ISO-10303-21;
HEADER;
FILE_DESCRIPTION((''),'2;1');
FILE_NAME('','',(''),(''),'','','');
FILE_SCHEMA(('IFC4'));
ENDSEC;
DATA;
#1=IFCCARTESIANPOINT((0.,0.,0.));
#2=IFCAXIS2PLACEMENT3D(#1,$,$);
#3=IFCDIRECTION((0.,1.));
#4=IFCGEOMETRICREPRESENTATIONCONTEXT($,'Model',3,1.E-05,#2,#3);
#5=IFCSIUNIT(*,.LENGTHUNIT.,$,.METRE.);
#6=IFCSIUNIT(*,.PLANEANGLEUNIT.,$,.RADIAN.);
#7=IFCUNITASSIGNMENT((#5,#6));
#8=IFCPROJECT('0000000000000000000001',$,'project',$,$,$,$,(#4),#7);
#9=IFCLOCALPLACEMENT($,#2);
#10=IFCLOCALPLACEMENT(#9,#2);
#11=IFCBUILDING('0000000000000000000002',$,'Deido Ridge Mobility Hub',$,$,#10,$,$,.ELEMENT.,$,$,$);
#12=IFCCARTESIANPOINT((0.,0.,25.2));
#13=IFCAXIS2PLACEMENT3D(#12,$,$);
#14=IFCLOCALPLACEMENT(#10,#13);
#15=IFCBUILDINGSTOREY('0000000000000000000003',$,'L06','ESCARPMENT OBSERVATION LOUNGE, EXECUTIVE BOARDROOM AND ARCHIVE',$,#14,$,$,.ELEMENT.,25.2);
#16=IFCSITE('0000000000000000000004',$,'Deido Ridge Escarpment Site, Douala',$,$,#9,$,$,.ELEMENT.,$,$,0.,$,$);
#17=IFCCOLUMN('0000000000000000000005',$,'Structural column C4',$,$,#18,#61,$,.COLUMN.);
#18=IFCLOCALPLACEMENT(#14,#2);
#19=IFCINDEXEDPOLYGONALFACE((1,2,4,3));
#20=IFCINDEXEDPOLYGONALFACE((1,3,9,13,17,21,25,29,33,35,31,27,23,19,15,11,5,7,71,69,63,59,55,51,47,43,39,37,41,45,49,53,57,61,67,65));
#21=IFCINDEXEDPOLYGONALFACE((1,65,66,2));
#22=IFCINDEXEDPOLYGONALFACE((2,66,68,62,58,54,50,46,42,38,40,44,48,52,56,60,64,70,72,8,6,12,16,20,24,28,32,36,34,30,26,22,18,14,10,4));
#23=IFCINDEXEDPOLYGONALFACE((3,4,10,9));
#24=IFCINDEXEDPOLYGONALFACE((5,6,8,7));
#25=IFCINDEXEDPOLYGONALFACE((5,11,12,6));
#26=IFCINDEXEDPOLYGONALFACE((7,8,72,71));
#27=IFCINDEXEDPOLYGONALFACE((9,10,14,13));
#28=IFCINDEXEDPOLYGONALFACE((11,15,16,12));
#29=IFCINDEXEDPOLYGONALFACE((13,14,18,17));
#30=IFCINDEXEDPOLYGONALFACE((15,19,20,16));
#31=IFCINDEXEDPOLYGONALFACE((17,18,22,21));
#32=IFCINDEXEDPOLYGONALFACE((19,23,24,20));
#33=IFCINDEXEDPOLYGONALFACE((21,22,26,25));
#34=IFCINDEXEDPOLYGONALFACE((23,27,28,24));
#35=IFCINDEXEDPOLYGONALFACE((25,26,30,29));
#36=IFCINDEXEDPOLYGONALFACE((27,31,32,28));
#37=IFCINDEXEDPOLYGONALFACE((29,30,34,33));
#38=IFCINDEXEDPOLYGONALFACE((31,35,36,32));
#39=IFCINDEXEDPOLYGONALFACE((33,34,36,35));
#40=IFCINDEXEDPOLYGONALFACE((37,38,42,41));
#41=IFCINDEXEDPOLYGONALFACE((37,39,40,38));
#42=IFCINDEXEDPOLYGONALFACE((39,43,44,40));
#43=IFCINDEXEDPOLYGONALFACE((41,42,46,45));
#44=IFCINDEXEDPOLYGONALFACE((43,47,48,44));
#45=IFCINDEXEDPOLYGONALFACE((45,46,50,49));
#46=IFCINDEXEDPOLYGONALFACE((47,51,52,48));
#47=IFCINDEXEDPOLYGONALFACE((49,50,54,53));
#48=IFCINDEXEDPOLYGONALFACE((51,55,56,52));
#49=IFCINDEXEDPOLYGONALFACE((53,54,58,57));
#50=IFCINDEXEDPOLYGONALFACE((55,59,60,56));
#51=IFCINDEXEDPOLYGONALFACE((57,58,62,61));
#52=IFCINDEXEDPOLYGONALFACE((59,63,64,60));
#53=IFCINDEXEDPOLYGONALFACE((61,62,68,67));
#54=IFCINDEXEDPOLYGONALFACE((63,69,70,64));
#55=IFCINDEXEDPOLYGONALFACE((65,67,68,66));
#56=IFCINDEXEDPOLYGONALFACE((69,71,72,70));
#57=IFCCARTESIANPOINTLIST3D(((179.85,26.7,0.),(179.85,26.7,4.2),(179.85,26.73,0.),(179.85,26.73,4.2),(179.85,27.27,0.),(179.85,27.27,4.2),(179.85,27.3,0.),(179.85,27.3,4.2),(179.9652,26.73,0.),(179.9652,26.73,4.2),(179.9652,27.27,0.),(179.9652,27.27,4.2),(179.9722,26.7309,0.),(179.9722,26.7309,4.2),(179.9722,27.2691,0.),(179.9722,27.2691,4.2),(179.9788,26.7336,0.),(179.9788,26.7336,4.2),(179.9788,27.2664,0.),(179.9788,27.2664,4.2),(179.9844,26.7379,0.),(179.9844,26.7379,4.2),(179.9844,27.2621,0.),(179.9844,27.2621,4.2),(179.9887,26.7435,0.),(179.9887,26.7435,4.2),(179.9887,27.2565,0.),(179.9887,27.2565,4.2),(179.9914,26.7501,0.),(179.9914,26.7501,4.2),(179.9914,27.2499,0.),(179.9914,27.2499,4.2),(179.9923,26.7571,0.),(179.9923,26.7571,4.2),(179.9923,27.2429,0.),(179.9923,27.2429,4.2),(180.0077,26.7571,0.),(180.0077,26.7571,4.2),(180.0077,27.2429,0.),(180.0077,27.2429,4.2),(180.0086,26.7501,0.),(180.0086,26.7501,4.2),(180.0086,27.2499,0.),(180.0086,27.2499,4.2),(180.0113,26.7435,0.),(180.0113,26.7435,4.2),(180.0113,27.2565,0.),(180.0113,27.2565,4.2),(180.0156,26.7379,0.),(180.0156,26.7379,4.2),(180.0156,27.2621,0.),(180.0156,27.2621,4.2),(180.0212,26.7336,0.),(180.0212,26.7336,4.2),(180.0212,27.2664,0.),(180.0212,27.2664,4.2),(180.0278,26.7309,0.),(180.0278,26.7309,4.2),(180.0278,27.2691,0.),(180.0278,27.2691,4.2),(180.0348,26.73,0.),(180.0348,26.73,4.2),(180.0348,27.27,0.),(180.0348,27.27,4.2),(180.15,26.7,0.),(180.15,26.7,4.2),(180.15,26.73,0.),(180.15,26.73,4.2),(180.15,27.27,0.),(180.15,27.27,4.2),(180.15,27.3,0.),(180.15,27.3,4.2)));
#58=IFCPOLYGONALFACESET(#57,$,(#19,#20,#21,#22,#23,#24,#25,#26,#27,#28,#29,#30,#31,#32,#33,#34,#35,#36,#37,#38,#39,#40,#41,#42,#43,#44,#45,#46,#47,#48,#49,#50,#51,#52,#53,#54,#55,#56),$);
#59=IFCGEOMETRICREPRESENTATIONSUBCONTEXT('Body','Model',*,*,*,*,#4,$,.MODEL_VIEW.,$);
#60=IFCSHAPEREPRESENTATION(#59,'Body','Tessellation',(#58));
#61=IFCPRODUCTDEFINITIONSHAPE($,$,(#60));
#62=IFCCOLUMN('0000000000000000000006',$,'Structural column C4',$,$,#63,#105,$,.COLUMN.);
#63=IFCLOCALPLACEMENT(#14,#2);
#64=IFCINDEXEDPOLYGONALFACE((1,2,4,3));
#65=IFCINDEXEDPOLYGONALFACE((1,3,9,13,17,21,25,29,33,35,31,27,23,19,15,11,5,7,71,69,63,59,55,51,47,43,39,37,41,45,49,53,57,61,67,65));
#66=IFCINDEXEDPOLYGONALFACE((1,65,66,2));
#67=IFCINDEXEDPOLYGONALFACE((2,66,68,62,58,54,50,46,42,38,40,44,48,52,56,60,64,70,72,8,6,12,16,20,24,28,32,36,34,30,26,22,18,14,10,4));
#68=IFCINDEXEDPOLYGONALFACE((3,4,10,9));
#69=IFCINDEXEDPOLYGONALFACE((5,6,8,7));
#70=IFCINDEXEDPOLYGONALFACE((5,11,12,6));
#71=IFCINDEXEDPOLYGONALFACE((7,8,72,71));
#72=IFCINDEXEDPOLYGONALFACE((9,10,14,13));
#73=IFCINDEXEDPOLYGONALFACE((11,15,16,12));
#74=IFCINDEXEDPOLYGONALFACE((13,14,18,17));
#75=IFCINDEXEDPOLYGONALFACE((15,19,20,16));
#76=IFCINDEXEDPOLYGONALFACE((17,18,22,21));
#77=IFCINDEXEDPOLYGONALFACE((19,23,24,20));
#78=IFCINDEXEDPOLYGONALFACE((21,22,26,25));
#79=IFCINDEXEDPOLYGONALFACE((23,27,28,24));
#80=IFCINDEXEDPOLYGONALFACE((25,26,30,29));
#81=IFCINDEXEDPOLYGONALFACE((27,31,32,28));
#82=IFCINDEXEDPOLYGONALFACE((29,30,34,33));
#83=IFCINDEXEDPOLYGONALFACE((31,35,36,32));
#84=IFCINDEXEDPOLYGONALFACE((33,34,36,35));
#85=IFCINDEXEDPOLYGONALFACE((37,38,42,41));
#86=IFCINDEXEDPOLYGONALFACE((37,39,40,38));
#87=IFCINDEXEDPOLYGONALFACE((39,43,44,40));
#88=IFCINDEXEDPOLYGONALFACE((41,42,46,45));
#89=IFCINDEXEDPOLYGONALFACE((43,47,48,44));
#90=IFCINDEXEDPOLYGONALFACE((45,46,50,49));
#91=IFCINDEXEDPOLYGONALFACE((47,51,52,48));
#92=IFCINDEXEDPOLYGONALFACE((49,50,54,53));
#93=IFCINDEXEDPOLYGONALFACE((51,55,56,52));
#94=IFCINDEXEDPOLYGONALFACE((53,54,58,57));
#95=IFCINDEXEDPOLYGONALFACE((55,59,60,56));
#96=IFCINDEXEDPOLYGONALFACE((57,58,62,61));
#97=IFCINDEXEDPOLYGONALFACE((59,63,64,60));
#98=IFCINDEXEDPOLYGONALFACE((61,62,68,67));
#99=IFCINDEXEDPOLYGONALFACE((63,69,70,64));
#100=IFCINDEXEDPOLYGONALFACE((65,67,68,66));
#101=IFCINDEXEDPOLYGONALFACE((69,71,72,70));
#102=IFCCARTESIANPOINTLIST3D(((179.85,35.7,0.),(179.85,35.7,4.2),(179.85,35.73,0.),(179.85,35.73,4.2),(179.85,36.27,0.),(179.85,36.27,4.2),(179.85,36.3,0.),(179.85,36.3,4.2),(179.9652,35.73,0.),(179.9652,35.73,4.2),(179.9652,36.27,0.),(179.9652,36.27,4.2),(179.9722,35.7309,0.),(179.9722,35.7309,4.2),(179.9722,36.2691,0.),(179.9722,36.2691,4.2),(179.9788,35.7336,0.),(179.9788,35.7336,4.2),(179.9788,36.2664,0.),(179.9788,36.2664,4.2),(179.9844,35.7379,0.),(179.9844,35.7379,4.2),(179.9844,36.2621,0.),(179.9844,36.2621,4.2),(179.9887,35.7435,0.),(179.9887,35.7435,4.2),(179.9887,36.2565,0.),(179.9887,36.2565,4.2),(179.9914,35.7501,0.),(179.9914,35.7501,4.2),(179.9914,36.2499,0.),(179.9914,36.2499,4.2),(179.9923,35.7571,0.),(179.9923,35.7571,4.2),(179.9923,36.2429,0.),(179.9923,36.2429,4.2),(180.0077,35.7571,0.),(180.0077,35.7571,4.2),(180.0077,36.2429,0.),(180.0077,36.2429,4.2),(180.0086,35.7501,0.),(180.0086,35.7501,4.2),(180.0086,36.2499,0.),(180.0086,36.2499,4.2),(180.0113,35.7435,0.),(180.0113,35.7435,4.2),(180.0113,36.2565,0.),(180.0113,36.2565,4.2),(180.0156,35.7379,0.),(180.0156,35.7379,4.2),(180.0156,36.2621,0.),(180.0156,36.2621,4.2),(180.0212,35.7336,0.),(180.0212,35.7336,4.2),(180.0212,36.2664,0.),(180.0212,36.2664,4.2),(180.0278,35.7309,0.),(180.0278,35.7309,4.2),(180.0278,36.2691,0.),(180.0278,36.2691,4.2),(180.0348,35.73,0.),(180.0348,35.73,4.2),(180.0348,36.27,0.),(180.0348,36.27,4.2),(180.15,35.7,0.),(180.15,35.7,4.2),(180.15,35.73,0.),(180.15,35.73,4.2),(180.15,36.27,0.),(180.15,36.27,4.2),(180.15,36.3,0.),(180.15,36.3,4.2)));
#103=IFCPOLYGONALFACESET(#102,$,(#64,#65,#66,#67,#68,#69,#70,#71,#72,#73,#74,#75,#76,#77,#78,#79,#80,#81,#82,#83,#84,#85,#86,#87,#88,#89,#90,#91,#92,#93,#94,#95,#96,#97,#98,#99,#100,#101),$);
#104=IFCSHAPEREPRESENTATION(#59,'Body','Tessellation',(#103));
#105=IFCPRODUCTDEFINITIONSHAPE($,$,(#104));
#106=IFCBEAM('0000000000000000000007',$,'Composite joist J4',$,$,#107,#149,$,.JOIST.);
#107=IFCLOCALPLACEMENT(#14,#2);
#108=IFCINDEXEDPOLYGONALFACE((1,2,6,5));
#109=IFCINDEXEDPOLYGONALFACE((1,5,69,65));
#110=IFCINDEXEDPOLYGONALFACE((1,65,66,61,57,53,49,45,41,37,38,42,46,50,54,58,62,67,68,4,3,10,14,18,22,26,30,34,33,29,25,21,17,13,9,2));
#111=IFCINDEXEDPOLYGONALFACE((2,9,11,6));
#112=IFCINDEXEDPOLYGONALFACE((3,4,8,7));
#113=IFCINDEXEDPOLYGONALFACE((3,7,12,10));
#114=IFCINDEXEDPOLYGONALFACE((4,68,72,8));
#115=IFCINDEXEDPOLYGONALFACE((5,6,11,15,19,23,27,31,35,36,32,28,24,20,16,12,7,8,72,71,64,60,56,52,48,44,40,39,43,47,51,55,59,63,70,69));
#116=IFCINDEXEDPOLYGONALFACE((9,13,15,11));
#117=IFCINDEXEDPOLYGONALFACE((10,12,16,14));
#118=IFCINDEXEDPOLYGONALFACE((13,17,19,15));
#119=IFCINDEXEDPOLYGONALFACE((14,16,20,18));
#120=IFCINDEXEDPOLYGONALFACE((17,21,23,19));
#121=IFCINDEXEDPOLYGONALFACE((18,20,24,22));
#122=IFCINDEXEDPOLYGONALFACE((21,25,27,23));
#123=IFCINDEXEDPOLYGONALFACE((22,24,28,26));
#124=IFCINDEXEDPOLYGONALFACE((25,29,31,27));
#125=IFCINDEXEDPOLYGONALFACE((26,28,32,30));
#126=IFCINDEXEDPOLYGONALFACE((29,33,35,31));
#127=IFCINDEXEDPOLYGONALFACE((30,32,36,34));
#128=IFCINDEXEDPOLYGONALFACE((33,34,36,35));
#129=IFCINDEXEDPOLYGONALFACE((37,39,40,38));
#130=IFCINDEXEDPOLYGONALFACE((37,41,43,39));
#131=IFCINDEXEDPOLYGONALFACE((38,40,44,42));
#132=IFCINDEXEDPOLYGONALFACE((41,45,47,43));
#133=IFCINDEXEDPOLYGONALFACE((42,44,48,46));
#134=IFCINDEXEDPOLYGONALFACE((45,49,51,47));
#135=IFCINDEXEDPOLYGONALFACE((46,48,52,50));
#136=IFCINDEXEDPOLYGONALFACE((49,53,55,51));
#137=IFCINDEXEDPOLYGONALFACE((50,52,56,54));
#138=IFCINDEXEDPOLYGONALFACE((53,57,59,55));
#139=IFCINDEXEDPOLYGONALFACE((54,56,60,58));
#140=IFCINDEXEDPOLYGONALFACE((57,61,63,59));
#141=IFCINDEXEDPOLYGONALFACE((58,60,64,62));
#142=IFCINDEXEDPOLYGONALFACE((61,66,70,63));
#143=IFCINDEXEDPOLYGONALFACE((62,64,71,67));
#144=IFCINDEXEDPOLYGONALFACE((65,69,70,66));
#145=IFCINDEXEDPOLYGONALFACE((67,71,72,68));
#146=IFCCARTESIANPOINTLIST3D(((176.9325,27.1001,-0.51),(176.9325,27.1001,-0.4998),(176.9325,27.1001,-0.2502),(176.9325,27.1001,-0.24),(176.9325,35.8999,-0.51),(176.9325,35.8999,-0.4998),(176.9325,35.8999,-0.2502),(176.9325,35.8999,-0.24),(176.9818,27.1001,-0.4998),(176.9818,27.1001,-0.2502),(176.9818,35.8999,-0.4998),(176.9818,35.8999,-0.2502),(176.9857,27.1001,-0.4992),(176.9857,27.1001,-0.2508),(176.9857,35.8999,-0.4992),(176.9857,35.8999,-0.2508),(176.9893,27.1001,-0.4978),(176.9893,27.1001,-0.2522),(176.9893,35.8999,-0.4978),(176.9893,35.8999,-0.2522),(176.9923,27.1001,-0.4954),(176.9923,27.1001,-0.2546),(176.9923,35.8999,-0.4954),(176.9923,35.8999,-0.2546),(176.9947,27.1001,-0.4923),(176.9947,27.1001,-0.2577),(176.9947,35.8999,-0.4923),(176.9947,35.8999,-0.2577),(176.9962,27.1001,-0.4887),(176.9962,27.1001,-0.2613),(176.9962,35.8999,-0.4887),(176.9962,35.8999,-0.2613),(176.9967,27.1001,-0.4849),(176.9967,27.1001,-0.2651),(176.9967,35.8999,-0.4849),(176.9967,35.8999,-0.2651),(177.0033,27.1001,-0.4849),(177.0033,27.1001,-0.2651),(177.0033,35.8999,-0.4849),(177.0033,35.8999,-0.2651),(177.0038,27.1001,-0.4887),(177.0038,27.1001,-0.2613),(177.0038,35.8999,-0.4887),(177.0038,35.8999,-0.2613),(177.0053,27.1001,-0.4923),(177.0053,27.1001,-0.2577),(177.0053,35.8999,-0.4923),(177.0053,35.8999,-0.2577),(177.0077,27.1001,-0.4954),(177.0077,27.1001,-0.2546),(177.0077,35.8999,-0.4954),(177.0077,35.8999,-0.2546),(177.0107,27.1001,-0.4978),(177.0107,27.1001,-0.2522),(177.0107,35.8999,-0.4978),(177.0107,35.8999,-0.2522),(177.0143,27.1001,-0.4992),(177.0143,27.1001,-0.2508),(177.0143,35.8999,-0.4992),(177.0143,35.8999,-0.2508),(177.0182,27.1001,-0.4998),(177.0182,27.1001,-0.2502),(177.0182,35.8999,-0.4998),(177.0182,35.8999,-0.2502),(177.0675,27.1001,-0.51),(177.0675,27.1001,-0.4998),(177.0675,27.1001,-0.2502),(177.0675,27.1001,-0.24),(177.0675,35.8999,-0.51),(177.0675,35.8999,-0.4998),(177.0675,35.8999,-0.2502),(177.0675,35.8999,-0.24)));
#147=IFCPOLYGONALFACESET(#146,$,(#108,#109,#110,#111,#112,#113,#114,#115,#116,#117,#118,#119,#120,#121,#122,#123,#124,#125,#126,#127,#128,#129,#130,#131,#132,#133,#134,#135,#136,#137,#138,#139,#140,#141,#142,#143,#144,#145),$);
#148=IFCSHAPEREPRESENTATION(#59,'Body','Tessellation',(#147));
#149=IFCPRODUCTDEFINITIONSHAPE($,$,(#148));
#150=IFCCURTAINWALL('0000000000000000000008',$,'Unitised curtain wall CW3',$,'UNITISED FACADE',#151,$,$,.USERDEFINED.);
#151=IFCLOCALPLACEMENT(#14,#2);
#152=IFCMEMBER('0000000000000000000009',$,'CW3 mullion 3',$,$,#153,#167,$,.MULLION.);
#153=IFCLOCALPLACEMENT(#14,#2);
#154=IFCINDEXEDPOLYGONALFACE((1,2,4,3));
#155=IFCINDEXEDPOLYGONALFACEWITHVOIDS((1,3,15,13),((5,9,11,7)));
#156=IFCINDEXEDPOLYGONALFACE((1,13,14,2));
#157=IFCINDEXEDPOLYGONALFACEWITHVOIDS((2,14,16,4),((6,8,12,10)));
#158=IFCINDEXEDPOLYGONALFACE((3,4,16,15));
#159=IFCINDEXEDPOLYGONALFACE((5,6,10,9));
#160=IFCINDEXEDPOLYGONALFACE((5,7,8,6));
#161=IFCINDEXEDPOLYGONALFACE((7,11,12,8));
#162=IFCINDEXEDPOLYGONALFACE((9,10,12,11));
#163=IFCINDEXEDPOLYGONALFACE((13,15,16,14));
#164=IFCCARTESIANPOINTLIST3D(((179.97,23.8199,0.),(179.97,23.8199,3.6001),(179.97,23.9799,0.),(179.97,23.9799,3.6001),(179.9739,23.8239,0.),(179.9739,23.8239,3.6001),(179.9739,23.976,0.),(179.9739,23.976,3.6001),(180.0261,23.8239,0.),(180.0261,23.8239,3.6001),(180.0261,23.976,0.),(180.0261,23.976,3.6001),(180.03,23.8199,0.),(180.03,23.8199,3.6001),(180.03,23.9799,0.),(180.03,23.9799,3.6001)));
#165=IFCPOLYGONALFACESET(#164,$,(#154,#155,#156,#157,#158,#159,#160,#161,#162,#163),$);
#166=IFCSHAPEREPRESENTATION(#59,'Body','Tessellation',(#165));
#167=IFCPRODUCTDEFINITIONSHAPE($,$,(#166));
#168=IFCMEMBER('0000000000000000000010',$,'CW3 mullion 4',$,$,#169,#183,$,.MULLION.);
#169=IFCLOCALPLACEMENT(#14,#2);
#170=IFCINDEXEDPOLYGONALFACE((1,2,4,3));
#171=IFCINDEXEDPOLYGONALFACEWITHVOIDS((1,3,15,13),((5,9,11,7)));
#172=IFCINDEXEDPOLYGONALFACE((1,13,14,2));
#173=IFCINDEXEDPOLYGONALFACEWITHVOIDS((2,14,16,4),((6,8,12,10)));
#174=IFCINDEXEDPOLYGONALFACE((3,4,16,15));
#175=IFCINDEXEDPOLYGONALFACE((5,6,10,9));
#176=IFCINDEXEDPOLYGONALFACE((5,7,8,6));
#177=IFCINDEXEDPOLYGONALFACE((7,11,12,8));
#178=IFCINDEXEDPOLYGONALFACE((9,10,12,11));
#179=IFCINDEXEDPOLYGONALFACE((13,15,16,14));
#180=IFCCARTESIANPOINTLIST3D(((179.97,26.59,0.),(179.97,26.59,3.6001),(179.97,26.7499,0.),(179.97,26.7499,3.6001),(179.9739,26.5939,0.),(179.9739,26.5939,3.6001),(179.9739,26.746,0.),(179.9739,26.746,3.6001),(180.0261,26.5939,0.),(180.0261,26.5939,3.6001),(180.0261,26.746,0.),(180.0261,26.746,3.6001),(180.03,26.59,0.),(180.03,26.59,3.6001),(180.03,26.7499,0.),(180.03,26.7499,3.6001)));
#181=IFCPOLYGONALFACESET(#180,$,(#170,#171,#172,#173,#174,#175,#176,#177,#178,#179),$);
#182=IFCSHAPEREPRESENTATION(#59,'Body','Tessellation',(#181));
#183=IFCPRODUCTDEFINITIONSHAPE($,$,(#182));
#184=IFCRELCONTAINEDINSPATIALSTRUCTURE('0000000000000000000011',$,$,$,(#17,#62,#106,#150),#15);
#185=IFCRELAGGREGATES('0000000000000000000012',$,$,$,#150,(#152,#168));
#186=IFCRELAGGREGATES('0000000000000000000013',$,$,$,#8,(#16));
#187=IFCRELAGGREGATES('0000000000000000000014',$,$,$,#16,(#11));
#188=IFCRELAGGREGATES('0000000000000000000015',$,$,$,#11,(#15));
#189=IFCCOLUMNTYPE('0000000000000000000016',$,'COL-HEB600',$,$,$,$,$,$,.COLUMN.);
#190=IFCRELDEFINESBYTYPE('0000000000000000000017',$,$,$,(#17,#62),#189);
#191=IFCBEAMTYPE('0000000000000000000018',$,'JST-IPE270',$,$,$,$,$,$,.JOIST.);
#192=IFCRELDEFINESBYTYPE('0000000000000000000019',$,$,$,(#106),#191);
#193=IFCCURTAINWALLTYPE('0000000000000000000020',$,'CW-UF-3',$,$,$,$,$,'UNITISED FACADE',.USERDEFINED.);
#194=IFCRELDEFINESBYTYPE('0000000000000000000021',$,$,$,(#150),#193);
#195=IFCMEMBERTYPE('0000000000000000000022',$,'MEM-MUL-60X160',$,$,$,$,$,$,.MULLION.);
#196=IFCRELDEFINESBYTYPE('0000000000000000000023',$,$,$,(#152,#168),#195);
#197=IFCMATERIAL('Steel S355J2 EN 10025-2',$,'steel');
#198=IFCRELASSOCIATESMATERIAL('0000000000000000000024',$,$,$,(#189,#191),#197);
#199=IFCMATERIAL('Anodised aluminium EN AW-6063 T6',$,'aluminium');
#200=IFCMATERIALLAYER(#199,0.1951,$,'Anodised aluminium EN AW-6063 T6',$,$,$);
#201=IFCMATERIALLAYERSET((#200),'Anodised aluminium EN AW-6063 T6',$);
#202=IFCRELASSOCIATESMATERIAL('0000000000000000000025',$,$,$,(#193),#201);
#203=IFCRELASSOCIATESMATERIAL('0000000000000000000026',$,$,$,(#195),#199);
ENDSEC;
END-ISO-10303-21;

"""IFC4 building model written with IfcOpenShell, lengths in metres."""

from ifc_helpers import new_model, si_unit, direction, frame, origin, origin_2d, place, context, subcontext, project, spatial, hollow_rectangle, i_section, extrude, material, layer, layer_set, material_profile, profile_set, type_object, element, aggregate, save


model = new_model("IFC4")

# Units and contexts
model_context = context("Model", 3, precision=1e-05, world=origin(), true_north=direction((0.0, 1.0)))
body_context = subcontext(model_context, "Body", "Model", "MODEL_VIEW")
ifc_project = project(units=[si_unit("LENGTHUNIT", "METRE"), si_unit("PLANEANGLEUNIT", "RADIAN")], contexts=[model_context])

# Site, building, storey
site_placement = place(None, origin())
site = spatial("IfcSite", under=ifc_project, at=site_placement, Name="Deido Ridge Escarpment Site, Douala", CompositionType="ELEMENT", RefElevation=0.0)
building_placement = place(site_placement, origin())
building = spatial("IfcBuilding", under=site, at=building_placement, Name="Deido Ridge Mobility Hub", CompositionType="ELEMENT")
storey_placement = place(building_placement, frame((0.0, 0.0, 25.2)))
storey = spatial("IfcBuildingStorey", under=building, at=storey_placement, Name="L06", Description="ESCARPMENT OBSERVATION LOUNGE, EXECUTIVE BOARDROOM AND ARCHIVE", CompositionType="ELEMENT", Elevation=25.2)

# Columns
ifc_material_1 = material(Name="Steel S355J2 EN 10025-2", Category="steel")
ifc_material_profile_1 = material_profile(ifc_material_1, i_section(OverallWidth=0.3, OverallDepth=0.6001, WebThickness=0.0154, FlangeThickness=0.03, FilletRadius=0.0271, at=origin_2d()), Name="HEB 600")
ifc_profile_set_1 = profile_set([ifc_material_profile_1], Name="Steel S355J2 EN 10025-2")
column_type = type_object("IfcColumnType", Name="COL-HEB600", PredefinedType="COLUMN", material=ifc_profile_set_1)
for number, where, z_axis, x_axis, name in (
    (1, (180.0, 27.0, 0.0), (0.0, 0.0, 1.0), (1.0, 0.0, 0.0), "Structural column C4"),
    (2, (180.0, 36.0, 0.0), (0.0, 0.0, 1.0), (1.0, 0.0, 0.0), "Structural column C4"),
):
    element("IfcColumn", number, at=place(storey_placement, frame(where, z_axis=z_axis, x_axis=x_axis)), inside=storey, type_object=column_type, Name=name, PredefinedType="COLUMN", context=body_context, shape_type="SweptSolid", body=[
        extrude(i_section(OverallWidth=0.3, OverallDepth=0.6001, WebThickness=0.0154, FlangeThickness=0.03, FilletRadius=0.0271, at=origin_2d()), origin(), (0.0, 0.0, 1.0), 4.2),
    ])

# Beam
ifc_material_profile_2 = material_profile(ifc_material_1, i_section(OverallWidth=0.135, OverallDepth=0.27, WebThickness=0.0066, FlangeThickness=0.0103, FilletRadius=0.0149, at=origin_2d()), Name="IPE 270")
ifc_profile_set_2 = profile_set([ifc_material_profile_2], Name="Steel S355J2 EN 10025-2")
beam_type_1 = type_object("IfcBeamType", Name="JST-IPE270", PredefinedType="JOIST", material=ifc_profile_set_2)
beam_placement = place(storey_placement, frame((177.0, 27.1001, -0.375), z_axis=(0.0, 1.0, 0.0), x_axis=(-1.0, 0.0, 0.0)))
element("IfcBeam", 3, at=beam_placement, inside=storey, type_object=beam_type_1, Name="Composite joist J4", PredefinedType="JOIST", context=body_context, shape_type="SweptSolid", body=[
    extrude(i_section(OverallWidth=0.135, OverallDepth=0.27, WebThickness=0.0066, FlangeThickness=0.0103, FilletRadius=0.0149, at=origin_2d()), origin(), (0.0, 0.0, 1.0), 8.7998),
])

# Curtain wall, members
ifc_material_2 = material(Name="Anodised aluminium EN AW-6063 T6", Category="aluminium")
ifc_layer_1 = layer(ifc_material_2, 0.1951, Name="Anodised aluminium EN AW-6063 T6")
ifc_layer_set_1 = layer_set([ifc_layer_1], Name="Anodised aluminium EN AW-6063 T6")
curtain_wall_type_1 = type_object("IfcCurtainWallType", Name="CW-UF-3", ElementType="UNITISED FACADE", PredefinedType="USERDEFINED", material=ifc_layer_set_1)
curtain_wall_1_placement = place(storey_placement, origin())
curtain_wall_1 = element("IfcCurtainWall", 4, at=curtain_wall_1_placement, inside=storey, type_object=curtain_wall_type_1, Name="Unitised curtain wall CW3", ObjectType="UNITISED FACADE", PredefinedType="USERDEFINED")
ifc_material_profile_3 = material_profile(ifc_material_2, hollow_rectangle(XDim=0.0601, YDim=0.1599, WallThickness=0.0039, at=origin_2d()), Name="RHS 60x160x4")
ifc_profile_set_3 = profile_set([ifc_material_profile_3], Name="Anodised aluminium EN AW-6063 T6")
member_type_1 = type_object("IfcMemberType", Name="MEM-MUL-60X160", PredefinedType="MULLION", material=ifc_profile_set_3)
member_1_placement = place(storey_placement, frame((180.0, 23.8999, 0.0), z_axis=(0.0, 0.0, 1.0), x_axis=(-1.0, 0.0, 0.0)))
member_1 = element("IfcMember", 5, at=member_1_placement, type_object=member_type_1, Name="CW3 mullion 3", PredefinedType="MULLION", context=body_context, shape_type="SweptSolid", body=[
    extrude(hollow_rectangle(XDim=0.0601, YDim=0.1599, WallThickness=0.0039, at=origin_2d()), origin(), (0.0, 0.0, 1.0), 3.6001),
])
member_2_placement = place(storey_placement, frame((180.0, 26.6699, 0.0), z_axis=(0.0, 0.0, 1.0), x_axis=(-1.0, 0.0, 0.0)))
member_2 = element("IfcMember", 6, at=member_2_placement, type_object=member_type_1, Name="CW3 mullion 4", PredefinedType="MULLION", context=body_context, shape_type="SweptSolid", body=[
    extrude(hollow_rectangle(XDim=0.0601, YDim=0.1599, WallThickness=0.0039, at=origin_2d()), origin(), (0.0, 0.0, 1.0), 3.6001),
])

aggregate(curtain_wall_1, [member_1, member_2])

save(model, "model.ifc")
